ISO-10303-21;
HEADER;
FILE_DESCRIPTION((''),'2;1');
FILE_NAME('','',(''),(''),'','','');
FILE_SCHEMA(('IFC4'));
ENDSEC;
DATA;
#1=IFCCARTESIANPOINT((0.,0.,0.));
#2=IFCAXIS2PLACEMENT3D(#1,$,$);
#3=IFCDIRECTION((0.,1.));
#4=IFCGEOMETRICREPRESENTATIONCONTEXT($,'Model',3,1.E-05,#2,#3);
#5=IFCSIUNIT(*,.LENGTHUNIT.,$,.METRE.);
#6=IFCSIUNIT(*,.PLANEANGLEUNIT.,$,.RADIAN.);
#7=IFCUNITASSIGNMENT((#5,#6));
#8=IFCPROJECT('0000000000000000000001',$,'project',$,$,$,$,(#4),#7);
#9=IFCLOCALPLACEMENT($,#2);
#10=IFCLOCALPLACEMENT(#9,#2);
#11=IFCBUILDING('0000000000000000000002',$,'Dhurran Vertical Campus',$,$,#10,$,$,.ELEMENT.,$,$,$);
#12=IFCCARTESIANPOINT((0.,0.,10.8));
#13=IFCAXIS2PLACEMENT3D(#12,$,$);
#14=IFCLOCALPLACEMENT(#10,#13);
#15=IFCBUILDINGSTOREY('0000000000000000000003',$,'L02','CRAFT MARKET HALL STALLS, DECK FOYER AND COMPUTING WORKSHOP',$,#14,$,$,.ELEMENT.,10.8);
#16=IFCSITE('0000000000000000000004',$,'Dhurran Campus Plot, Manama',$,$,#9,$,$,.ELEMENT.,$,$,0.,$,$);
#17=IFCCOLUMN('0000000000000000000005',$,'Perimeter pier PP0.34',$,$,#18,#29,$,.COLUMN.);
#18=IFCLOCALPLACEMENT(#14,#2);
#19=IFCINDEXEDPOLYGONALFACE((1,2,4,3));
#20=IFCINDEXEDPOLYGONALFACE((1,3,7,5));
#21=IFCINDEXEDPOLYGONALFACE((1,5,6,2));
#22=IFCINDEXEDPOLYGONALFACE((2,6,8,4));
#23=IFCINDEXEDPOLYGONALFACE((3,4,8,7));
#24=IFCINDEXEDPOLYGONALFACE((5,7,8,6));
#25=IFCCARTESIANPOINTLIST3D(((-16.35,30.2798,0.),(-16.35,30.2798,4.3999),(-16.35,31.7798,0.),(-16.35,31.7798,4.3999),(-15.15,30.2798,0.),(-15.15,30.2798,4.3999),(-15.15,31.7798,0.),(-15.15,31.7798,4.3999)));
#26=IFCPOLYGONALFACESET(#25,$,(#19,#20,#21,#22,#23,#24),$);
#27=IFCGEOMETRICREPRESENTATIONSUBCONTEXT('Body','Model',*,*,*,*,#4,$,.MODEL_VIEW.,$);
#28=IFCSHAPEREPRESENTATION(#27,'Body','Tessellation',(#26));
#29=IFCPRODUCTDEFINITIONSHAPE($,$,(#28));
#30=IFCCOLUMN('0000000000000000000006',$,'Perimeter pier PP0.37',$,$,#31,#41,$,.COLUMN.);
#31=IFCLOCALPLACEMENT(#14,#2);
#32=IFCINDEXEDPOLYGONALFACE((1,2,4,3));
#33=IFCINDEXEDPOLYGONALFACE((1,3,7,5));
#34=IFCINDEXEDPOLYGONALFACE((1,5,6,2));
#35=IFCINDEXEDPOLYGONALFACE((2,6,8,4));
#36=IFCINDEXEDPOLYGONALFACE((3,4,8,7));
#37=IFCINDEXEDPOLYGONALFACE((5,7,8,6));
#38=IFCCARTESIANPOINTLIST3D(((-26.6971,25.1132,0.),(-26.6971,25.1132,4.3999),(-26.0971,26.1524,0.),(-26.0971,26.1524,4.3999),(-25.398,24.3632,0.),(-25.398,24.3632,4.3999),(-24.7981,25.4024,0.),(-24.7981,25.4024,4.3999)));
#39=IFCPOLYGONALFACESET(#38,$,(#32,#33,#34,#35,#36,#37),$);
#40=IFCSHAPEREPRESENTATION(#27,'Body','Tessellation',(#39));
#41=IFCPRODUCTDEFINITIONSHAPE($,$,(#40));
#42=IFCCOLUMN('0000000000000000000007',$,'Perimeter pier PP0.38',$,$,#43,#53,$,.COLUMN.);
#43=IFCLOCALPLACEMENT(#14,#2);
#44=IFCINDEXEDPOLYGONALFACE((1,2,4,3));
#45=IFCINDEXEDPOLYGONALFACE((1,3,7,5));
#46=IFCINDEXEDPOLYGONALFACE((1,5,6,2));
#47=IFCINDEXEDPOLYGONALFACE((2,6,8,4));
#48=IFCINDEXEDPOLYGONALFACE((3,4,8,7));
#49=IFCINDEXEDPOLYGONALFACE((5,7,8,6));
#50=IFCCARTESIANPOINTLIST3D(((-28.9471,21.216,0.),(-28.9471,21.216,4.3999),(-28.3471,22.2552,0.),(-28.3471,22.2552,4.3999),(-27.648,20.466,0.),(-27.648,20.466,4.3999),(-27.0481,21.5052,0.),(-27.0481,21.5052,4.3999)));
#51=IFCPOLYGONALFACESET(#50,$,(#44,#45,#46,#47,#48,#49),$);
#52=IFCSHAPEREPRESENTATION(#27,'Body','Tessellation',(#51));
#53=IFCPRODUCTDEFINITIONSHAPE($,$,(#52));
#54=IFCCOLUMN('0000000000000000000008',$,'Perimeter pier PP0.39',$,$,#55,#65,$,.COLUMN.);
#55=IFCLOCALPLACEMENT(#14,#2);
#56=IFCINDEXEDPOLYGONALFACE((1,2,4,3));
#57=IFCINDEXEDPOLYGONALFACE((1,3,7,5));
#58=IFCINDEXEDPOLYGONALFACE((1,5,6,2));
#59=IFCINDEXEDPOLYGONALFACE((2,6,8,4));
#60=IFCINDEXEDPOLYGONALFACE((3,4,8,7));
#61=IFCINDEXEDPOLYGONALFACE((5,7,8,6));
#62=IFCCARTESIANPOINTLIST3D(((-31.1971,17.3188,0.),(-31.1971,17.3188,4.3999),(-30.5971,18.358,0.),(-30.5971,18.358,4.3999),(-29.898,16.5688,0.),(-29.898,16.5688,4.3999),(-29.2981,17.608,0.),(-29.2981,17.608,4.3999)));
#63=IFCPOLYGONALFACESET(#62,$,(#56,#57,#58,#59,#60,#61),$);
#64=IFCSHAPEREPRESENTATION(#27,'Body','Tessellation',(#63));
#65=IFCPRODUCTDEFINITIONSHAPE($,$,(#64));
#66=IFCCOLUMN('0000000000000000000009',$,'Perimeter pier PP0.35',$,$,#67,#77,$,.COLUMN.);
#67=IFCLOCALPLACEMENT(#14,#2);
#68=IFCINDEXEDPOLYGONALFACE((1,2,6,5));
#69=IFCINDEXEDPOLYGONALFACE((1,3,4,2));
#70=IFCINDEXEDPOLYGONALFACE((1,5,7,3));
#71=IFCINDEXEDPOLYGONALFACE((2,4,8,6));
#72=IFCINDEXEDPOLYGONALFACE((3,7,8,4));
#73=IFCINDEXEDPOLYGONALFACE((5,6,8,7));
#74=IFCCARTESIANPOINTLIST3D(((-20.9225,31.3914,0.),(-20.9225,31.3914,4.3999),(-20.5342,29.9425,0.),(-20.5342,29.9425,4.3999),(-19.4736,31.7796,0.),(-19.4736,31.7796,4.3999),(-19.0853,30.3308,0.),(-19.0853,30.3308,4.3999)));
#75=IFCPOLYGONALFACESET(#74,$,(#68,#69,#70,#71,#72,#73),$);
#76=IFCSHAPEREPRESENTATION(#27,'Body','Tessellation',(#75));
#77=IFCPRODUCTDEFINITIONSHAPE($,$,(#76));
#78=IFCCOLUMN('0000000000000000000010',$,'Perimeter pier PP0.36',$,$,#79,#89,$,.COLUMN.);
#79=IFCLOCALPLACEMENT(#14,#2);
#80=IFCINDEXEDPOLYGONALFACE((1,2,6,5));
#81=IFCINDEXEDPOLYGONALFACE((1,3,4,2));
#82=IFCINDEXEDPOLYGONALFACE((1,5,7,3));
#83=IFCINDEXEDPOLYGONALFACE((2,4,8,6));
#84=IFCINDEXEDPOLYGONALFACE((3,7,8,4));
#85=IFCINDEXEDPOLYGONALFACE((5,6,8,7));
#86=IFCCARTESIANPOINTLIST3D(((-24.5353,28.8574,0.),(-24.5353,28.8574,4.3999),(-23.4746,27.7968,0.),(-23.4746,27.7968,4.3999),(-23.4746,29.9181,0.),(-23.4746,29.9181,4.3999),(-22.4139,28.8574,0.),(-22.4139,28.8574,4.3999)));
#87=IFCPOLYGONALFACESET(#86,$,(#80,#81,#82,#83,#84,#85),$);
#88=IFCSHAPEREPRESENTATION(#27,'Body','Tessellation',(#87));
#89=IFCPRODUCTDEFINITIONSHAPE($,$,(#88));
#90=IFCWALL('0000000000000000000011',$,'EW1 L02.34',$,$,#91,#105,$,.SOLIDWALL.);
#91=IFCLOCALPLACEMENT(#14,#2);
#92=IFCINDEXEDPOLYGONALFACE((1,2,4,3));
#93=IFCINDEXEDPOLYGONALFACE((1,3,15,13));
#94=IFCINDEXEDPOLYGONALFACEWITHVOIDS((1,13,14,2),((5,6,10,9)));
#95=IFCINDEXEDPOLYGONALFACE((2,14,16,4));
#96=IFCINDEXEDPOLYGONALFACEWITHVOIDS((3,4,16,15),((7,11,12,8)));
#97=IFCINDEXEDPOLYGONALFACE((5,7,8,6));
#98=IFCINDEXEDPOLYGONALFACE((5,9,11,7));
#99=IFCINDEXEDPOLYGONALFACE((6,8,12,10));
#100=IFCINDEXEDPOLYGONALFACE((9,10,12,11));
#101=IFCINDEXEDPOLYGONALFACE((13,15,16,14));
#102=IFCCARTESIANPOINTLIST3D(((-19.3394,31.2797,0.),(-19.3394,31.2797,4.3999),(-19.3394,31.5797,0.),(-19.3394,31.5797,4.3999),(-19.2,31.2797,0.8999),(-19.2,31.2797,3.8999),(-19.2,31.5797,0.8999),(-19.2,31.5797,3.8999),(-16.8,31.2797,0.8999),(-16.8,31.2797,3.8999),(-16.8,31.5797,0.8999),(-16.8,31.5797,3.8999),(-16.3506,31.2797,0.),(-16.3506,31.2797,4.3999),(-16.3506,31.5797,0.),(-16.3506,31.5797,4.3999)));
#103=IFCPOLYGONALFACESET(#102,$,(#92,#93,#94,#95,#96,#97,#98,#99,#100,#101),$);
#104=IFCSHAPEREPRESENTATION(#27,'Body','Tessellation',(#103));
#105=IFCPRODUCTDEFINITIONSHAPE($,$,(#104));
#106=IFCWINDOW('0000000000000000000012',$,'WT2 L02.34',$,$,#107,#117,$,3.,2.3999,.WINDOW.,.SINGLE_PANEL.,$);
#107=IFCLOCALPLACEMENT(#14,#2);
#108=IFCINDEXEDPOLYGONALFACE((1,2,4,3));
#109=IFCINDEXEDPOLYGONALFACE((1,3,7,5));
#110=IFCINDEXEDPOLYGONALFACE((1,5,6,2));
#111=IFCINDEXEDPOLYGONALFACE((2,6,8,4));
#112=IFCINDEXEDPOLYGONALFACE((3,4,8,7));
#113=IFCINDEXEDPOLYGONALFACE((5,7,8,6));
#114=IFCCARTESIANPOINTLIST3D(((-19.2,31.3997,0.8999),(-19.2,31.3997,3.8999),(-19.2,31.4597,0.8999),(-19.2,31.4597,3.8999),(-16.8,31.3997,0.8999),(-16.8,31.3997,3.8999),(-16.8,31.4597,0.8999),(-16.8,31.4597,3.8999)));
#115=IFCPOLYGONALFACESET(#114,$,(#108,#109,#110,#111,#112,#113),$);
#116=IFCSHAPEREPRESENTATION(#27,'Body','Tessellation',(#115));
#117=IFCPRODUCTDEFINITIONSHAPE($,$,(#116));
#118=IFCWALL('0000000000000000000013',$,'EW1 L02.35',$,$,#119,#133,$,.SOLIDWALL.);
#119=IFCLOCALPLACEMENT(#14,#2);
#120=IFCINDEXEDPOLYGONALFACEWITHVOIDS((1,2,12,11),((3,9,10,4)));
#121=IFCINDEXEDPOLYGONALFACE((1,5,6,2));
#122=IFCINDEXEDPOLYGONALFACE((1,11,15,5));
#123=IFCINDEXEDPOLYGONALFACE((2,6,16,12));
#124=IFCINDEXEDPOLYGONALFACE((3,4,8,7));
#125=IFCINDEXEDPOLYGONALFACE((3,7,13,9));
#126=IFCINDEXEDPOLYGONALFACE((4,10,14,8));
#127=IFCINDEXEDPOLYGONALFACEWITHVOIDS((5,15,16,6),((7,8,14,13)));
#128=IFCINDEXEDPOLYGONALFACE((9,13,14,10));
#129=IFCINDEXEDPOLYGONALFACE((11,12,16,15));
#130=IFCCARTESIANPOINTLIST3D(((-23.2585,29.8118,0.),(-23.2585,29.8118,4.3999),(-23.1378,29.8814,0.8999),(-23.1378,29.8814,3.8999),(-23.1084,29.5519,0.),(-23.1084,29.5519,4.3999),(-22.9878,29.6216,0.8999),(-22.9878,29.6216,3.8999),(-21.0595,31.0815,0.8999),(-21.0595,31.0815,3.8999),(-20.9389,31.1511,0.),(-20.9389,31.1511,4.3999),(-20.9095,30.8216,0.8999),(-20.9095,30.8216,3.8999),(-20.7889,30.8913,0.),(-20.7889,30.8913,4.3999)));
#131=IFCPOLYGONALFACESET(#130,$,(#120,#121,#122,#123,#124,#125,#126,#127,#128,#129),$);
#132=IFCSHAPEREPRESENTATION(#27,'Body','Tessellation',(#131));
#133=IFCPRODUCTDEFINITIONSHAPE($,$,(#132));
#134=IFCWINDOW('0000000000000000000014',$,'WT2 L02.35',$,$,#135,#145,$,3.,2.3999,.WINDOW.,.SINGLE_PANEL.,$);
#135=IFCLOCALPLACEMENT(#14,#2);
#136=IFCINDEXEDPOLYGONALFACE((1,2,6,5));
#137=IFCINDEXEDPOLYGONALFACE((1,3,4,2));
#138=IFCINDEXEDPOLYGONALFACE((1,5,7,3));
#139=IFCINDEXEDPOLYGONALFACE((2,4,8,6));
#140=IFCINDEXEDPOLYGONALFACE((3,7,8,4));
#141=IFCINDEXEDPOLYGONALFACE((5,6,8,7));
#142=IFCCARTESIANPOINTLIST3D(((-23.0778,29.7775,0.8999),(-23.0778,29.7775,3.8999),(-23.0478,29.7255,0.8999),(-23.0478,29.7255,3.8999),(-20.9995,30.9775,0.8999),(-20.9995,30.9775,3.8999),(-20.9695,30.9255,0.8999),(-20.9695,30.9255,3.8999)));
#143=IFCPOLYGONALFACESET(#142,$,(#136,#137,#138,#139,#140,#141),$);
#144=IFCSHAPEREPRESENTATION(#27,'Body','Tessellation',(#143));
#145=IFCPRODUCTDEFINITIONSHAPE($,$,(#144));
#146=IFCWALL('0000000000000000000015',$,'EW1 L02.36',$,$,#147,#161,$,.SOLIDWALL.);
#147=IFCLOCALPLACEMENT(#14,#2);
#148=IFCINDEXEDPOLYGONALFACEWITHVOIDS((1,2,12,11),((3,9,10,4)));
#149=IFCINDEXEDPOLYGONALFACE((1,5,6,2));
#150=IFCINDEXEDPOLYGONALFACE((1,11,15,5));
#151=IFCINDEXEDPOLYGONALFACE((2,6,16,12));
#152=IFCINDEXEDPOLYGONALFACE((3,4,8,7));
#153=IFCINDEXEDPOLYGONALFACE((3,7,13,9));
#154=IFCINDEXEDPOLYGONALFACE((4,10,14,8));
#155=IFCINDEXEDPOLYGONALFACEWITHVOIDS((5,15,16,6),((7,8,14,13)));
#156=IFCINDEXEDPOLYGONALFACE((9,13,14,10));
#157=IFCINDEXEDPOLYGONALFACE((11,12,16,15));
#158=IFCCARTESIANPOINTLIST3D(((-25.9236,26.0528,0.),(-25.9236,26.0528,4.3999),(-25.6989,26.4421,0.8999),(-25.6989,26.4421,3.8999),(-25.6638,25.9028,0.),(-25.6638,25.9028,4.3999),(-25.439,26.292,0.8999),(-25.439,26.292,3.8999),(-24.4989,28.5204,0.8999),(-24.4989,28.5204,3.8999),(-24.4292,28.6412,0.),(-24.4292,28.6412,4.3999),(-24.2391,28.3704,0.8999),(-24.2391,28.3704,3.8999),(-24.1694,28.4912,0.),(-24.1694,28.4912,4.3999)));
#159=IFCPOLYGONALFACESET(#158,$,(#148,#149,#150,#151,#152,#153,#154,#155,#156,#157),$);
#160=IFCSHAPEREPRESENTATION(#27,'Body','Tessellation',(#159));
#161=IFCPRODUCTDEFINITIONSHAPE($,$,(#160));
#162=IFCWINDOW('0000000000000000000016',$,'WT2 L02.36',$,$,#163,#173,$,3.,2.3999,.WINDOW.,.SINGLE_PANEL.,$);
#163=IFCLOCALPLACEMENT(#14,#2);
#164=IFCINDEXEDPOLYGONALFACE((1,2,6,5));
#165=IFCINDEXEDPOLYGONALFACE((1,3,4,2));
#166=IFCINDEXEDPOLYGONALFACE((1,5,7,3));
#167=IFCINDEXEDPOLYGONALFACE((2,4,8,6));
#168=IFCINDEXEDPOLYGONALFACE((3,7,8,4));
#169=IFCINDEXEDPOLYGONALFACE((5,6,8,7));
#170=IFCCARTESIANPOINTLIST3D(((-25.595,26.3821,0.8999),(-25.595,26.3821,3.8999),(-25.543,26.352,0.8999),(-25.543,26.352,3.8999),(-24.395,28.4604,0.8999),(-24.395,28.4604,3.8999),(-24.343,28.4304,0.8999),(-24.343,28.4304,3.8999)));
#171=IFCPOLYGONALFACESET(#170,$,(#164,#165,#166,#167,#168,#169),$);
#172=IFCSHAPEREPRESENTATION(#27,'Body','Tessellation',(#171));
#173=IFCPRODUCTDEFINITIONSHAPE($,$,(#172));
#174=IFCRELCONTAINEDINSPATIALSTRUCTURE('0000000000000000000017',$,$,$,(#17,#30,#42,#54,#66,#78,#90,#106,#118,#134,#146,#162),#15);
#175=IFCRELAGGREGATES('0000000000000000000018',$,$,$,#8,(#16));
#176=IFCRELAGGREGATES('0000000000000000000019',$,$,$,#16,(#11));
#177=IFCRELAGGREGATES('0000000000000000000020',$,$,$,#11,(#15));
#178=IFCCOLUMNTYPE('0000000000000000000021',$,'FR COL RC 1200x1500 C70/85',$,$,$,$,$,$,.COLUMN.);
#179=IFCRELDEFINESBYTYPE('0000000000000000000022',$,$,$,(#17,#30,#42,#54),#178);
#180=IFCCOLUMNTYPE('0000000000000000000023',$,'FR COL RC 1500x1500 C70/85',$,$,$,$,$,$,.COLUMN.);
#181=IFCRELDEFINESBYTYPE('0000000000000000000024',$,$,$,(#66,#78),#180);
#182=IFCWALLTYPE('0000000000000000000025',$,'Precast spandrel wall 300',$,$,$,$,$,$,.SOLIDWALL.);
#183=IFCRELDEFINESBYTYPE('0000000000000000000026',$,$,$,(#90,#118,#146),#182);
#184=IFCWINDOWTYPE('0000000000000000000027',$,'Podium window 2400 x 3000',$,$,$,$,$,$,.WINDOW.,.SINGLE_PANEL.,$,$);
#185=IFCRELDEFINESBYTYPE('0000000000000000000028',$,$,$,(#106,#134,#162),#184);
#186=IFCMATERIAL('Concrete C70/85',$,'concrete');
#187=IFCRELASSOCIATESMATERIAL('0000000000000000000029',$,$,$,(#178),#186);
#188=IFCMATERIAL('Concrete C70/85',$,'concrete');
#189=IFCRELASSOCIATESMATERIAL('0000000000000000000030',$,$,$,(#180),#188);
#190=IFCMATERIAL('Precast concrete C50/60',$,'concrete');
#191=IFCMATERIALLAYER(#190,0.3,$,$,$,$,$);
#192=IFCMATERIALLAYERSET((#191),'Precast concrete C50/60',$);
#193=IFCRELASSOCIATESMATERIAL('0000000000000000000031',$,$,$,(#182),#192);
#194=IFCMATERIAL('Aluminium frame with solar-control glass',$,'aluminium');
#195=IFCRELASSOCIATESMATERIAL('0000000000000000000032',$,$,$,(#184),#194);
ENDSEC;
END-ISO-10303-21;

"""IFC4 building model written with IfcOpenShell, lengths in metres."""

from ifc_helpers import new_model, si_unit, direction, frame, frame_2d, origin, origin_2d, place, context, subcontext, project, spatial, rectangle, extrude, material, layer, layer_set, material_profile, profile_set, type_object, element, fill, save


model = new_model("IFC4")

# Units and contexts
model_context = context("Model", 3, precision=1e-05, world=origin(), true_north=direction((0.0, 1.0)))
body_context = subcontext(model_context, "Body", "Model", "MODEL_VIEW")
ifc_project = project(units=[si_unit("LENGTHUNIT", "METRE"), si_unit("PLANEANGLEUNIT", "RADIAN")], contexts=[model_context])

# Site, building, storey
site_placement = place(None, origin())
site = spatial("IfcSite", under=ifc_project, at=site_placement, Name="Dhurran Campus Plot, Manama", CompositionType="ELEMENT", RefElevation=0.0)
building_placement = place(site_placement, origin())
building = spatial("IfcBuilding", under=site, at=building_placement, Name="Dhurran Vertical Campus", CompositionType="ELEMENT")
storey_placement = place(building_placement, frame((0.0, 0.0, 10.8)))
storey = spatial("IfcBuildingStorey", under=building, at=storey_placement, Name="L02", Description="CRAFT MARKET HALL STALLS, DECK FOYER AND COMPUTING WORKSHOP", CompositionType="ELEMENT", Elevation=10.8)

# Columns
ifc_material_1 = material(Name="Concrete C70/85", Category="concrete")
ifc_material_profile_1 = material_profile(ifc_material_1, rectangle(XDim=1.2, YDim=1.5, at=origin_2d()), Name="RC 1200x1500")
ifc_profile_set_1 = profile_set([ifc_material_profile_1], Name="Concrete C70/85")
column_type_1 = type_object("IfcColumnType", Name="FR COL RC 1200x1500 C70/85", PredefinedType="COLUMN", material=ifc_profile_set_1)
for number, where, z_axis, x_axis, name in (
    (1, (-15.75, 31.0298, 0.0), (0.0, 0.0, 1.0), (-1.0, 0.0, 0.0), "Perimeter pier PP0.34"),
    (2, (-25.7476, 25.2578, 0.0), (0.0, 0.0, 1.0), (-0.5, -0.866025, 0.0), "Perimeter pier PP0.37"),
    (3, (-27.9976, 21.3606, 0.0), (0.0, 0.0, 1.0), (-0.5, -0.866025, 0.0), "Perimeter pier PP0.38"),
    (4, (-30.2476, 17.4634, 0.0), (0.0, 0.0, 1.0), (-0.5, -0.866025, 0.0), "Perimeter pier PP0.39"),
):
    element("IfcColumn", number, at=place(storey_placement, frame(where, z_axis=z_axis, x_axis=x_axis)), inside=storey, type_object=column_type_1, Name=name, PredefinedType="COLUMN", context=body_context, shape_type="SweptSolid", body=[
        extrude(rectangle(XDim=1.2, YDim=1.5, at=origin_2d()), origin(), (0.0, 0.0, 1.0), 4.3999),
    ])
ifc_material_2 = material(Name="Concrete C70/85", Category="concrete")
ifc_material_profile_2 = material_profile(ifc_material_2, rectangle(XDim=1.5, YDim=1.5, at=origin_2d()), Name="RC 1500x1500")
ifc_profile_set_2 = profile_set([ifc_material_profile_2], Name="Concrete C70/85")
column_type_2 = type_object("IfcColumnType", Name="FR COL RC 1500x1500 C70/85", PredefinedType="COLUMN", material=ifc_profile_set_2)
for number, where, z_axis, x_axis, name in (
    (5, (-20.0039, 30.8611, 0.0), (0.0, 0.0, 1.0), (-0.965926, -0.258819, 0.0), "Perimeter pier PP0.35"),
    (6, (-23.4746, 28.8574, 0.0), (0.0, 0.0, 1.0), (-0.707107, -0.707107, 0.0), "Perimeter pier PP0.36"),
):
    element("IfcColumn", number, at=place(storey_placement, frame(where, z_axis=z_axis, x_axis=x_axis)), inside=storey, type_object=column_type_2, Name=name, PredefinedType="COLUMN", context=body_context, shape_type="SweptSolid", body=[
        extrude(rectangle(XDim=1.5, YDim=1.5, at=origin_2d()), origin(), (0.0, 0.0, 1.0), 4.3999),
    ])

# Walls, openings, windows
ifc_material_3 = material(Name="Precast concrete C50/60", Category="concrete")
ifc_layer_1 = layer(ifc_material_3, 0.3)
ifc_layer_set_1 = layer_set([ifc_layer_1], Name="Precast concrete C50/60")
wall_type_1 = type_object("IfcWallType", Name="Precast spandrel wall 300", PredefinedType="SOLIDWALL", material=ifc_layer_set_1)
wall_1_placement = place(storey_placement, frame((-16.3506, 31.4297, 0.0), z_axis=(0.0, 0.0, 1.0), x_axis=(-1.0, 0.0, 0.0)))
wall_1 = element("IfcWall", 7, at=wall_1_placement, inside=storey, type_object=wall_type_1, Name="EW1 L02.34", PredefinedType="SOLIDWALL", context=body_context, shape_type="SweptSolid", body=[
    extrude(rectangle(XDim=2.9888, YDim=0.3, at=frame_2d((1.4944, 0.0))), origin(), (0.0, 0.0, 1.0), 4.3999),
])
opening_1_placement = place(wall_1_placement, frame((0.4495, 0.0, 0.8999)))
opening_1 = element("IfcOpeningElement", 8, at=opening_1_placement, cuts=wall_1, PredefinedType="OPENING", context=body_context, shape_type="SweptSolid", body=[
    extrude(rectangle(XDim=2.3999, YDim=3.0, at=frame_2d((1.2, 1.5))), frame((0.0, 0.1599, 0.0), z_axis=(0.0, -1.0, 0.0), x_axis=(1.0, 0.0, 0.0)), (0.0, 0.0, 1.0), 0.3201),
])
ifc_material_4 = material(Name="Aluminium frame with solar-control glass", Category="aluminium")
window_type = type_object("IfcWindowType", Name="Podium window 2400 x 3000", PartitioningType="SINGLE_PANEL", PredefinedType="WINDOW", material=ifc_material_4)
window_1_placement = place(opening_1_placement, origin())
window_1 = element("IfcWindow", 9, at=window_1_placement, inside=storey, type_object=window_type, Name="WT2 L02.34", OverallHeight=3.0, OverallWidth=2.3999, PartitioningType="SINGLE_PANEL", PredefinedType="WINDOW", context=body_context, shape_type="SweptSolid", body=[
    extrude(rectangle(XDim=2.3999, YDim=3.0, at=frame_2d((1.2, 1.5))), frame((0.0, 0.03, 0.0), z_axis=(0.0, -1.0, 0.0), x_axis=(1.0, 0.0, 0.0)), (0.0, 0.0, 1.0), 0.0601),
])
fill(opening_1, window_1)
wall_2_placement = place(storey_placement, frame((-20.8638, 31.0212, 0.0), z_axis=(0.0, 0.0, 1.0), x_axis=(-0.866002, -0.500041, 0.0)))
wall_2 = element("IfcWall", 10, at=wall_2_placement, inside=storey, type_object=wall_type_1, Name="EW1 L02.35", PredefinedType="SOLIDWALL", context=body_context, shape_type="SweptSolid", body=[
    extrude(rectangle(XDim=2.6785, YDim=0.3, at=frame_2d((1.3394, 0.0))), origin(), (0.0, 0.0, 1.0), 4.3999),
])
opening_2_placement = place(wall_2_placement, frame((0.1394, 0.0, 0.8999)))
opening_2 = element("IfcOpeningElement", 11, at=opening_2_placement, cuts=wall_2, PredefinedType="OPENING", context=body_context, shape_type="SweptSolid", body=[
    extrude(rectangle(XDim=2.3999, YDim=3.0, at=frame_2d((1.2, 1.5))), frame((0.0, 0.1599, 0.0), z_axis=(0.0, -1.0, 0.0), x_axis=(1.0, 0.0, 0.0)), (0.0, 0.0, 1.0), 0.3201),
])
window_2_placement = place(opening_2_placement, origin())
window_2 = element("IfcWindow", 12, at=window_2_placement, inside=storey, type_object=window_type, Name="WT2 L02.35", OverallHeight=3.0, OverallWidth=2.3999, PartitioningType="SINGLE_PANEL", PredefinedType="WINDOW", context=body_context, shape_type="SweptSolid", body=[
    extrude(rectangle(XDim=2.3999, YDim=3.0, at=frame_2d((1.2, 1.5))), frame((0.0, 0.03, 0.0), z_axis=(0.0, -1.0, 0.0), x_axis=(1.0, 0.0, 0.0)), (0.0, 0.0, 1.0), 0.0601),
])
fill(opening_2, window_2)
wall_3_placement = place(storey_placement, frame((-24.2993, 28.5662, 0.0), z_axis=(0.0, 0.0, 1.0), x_axis=(-0.499996, -0.866028, 0.0)))
wall_3 = element("IfcWall", 13, at=wall_3_placement, inside=storey, type_object=wall_type_1, Name="EW1 L02.36", PredefinedType="SOLIDWALL", context=body_context, shape_type="SweptSolid", body=[
    extrude(rectangle(XDim=2.9888, YDim=0.3, at=frame_2d((1.4944, 0.0))), origin(), (0.0, 0.0, 1.0), 4.3999),
])
opening_3_placement = place(wall_3_placement, frame((0.1394, 0.0, 0.8999)))
opening_3 = element("IfcOpeningElement", 14, at=opening_3_placement, cuts=wall_3, PredefinedType="OPENING", context=body_context, shape_type="SweptSolid", body=[
    extrude(rectangle(XDim=2.3999, YDim=3.0, at=frame_2d((1.2, 1.5))), frame((0.0, 0.1599, 0.0), z_axis=(0.0, -1.0, 0.0), x_axis=(1.0, 0.0, 0.0)), (0.0, 0.0, 1.0), 0.3201),
])
window_3_placement = place(opening_3_placement, origin())
window_3 = element("IfcWindow", 15, at=window_3_placement, inside=storey, type_object=window_type, Name="WT2 L02.36", OverallHeight=3.0, OverallWidth=2.3999, PartitioningType="SINGLE_PANEL", PredefinedType="WINDOW", context=body_context, shape_type="SweptSolid", body=[
    extrude(rectangle(XDim=2.3999, YDim=3.0, at=frame_2d((1.2, 1.5))), frame((0.0, 0.03, 0.0), z_axis=(0.0, -1.0, 0.0), x_axis=(1.0, 0.0, 0.0)), (0.0, 0.0, 1.0), 0.0601),
])
fill(opening_3, window_3)

save(model, "model.ifc")
